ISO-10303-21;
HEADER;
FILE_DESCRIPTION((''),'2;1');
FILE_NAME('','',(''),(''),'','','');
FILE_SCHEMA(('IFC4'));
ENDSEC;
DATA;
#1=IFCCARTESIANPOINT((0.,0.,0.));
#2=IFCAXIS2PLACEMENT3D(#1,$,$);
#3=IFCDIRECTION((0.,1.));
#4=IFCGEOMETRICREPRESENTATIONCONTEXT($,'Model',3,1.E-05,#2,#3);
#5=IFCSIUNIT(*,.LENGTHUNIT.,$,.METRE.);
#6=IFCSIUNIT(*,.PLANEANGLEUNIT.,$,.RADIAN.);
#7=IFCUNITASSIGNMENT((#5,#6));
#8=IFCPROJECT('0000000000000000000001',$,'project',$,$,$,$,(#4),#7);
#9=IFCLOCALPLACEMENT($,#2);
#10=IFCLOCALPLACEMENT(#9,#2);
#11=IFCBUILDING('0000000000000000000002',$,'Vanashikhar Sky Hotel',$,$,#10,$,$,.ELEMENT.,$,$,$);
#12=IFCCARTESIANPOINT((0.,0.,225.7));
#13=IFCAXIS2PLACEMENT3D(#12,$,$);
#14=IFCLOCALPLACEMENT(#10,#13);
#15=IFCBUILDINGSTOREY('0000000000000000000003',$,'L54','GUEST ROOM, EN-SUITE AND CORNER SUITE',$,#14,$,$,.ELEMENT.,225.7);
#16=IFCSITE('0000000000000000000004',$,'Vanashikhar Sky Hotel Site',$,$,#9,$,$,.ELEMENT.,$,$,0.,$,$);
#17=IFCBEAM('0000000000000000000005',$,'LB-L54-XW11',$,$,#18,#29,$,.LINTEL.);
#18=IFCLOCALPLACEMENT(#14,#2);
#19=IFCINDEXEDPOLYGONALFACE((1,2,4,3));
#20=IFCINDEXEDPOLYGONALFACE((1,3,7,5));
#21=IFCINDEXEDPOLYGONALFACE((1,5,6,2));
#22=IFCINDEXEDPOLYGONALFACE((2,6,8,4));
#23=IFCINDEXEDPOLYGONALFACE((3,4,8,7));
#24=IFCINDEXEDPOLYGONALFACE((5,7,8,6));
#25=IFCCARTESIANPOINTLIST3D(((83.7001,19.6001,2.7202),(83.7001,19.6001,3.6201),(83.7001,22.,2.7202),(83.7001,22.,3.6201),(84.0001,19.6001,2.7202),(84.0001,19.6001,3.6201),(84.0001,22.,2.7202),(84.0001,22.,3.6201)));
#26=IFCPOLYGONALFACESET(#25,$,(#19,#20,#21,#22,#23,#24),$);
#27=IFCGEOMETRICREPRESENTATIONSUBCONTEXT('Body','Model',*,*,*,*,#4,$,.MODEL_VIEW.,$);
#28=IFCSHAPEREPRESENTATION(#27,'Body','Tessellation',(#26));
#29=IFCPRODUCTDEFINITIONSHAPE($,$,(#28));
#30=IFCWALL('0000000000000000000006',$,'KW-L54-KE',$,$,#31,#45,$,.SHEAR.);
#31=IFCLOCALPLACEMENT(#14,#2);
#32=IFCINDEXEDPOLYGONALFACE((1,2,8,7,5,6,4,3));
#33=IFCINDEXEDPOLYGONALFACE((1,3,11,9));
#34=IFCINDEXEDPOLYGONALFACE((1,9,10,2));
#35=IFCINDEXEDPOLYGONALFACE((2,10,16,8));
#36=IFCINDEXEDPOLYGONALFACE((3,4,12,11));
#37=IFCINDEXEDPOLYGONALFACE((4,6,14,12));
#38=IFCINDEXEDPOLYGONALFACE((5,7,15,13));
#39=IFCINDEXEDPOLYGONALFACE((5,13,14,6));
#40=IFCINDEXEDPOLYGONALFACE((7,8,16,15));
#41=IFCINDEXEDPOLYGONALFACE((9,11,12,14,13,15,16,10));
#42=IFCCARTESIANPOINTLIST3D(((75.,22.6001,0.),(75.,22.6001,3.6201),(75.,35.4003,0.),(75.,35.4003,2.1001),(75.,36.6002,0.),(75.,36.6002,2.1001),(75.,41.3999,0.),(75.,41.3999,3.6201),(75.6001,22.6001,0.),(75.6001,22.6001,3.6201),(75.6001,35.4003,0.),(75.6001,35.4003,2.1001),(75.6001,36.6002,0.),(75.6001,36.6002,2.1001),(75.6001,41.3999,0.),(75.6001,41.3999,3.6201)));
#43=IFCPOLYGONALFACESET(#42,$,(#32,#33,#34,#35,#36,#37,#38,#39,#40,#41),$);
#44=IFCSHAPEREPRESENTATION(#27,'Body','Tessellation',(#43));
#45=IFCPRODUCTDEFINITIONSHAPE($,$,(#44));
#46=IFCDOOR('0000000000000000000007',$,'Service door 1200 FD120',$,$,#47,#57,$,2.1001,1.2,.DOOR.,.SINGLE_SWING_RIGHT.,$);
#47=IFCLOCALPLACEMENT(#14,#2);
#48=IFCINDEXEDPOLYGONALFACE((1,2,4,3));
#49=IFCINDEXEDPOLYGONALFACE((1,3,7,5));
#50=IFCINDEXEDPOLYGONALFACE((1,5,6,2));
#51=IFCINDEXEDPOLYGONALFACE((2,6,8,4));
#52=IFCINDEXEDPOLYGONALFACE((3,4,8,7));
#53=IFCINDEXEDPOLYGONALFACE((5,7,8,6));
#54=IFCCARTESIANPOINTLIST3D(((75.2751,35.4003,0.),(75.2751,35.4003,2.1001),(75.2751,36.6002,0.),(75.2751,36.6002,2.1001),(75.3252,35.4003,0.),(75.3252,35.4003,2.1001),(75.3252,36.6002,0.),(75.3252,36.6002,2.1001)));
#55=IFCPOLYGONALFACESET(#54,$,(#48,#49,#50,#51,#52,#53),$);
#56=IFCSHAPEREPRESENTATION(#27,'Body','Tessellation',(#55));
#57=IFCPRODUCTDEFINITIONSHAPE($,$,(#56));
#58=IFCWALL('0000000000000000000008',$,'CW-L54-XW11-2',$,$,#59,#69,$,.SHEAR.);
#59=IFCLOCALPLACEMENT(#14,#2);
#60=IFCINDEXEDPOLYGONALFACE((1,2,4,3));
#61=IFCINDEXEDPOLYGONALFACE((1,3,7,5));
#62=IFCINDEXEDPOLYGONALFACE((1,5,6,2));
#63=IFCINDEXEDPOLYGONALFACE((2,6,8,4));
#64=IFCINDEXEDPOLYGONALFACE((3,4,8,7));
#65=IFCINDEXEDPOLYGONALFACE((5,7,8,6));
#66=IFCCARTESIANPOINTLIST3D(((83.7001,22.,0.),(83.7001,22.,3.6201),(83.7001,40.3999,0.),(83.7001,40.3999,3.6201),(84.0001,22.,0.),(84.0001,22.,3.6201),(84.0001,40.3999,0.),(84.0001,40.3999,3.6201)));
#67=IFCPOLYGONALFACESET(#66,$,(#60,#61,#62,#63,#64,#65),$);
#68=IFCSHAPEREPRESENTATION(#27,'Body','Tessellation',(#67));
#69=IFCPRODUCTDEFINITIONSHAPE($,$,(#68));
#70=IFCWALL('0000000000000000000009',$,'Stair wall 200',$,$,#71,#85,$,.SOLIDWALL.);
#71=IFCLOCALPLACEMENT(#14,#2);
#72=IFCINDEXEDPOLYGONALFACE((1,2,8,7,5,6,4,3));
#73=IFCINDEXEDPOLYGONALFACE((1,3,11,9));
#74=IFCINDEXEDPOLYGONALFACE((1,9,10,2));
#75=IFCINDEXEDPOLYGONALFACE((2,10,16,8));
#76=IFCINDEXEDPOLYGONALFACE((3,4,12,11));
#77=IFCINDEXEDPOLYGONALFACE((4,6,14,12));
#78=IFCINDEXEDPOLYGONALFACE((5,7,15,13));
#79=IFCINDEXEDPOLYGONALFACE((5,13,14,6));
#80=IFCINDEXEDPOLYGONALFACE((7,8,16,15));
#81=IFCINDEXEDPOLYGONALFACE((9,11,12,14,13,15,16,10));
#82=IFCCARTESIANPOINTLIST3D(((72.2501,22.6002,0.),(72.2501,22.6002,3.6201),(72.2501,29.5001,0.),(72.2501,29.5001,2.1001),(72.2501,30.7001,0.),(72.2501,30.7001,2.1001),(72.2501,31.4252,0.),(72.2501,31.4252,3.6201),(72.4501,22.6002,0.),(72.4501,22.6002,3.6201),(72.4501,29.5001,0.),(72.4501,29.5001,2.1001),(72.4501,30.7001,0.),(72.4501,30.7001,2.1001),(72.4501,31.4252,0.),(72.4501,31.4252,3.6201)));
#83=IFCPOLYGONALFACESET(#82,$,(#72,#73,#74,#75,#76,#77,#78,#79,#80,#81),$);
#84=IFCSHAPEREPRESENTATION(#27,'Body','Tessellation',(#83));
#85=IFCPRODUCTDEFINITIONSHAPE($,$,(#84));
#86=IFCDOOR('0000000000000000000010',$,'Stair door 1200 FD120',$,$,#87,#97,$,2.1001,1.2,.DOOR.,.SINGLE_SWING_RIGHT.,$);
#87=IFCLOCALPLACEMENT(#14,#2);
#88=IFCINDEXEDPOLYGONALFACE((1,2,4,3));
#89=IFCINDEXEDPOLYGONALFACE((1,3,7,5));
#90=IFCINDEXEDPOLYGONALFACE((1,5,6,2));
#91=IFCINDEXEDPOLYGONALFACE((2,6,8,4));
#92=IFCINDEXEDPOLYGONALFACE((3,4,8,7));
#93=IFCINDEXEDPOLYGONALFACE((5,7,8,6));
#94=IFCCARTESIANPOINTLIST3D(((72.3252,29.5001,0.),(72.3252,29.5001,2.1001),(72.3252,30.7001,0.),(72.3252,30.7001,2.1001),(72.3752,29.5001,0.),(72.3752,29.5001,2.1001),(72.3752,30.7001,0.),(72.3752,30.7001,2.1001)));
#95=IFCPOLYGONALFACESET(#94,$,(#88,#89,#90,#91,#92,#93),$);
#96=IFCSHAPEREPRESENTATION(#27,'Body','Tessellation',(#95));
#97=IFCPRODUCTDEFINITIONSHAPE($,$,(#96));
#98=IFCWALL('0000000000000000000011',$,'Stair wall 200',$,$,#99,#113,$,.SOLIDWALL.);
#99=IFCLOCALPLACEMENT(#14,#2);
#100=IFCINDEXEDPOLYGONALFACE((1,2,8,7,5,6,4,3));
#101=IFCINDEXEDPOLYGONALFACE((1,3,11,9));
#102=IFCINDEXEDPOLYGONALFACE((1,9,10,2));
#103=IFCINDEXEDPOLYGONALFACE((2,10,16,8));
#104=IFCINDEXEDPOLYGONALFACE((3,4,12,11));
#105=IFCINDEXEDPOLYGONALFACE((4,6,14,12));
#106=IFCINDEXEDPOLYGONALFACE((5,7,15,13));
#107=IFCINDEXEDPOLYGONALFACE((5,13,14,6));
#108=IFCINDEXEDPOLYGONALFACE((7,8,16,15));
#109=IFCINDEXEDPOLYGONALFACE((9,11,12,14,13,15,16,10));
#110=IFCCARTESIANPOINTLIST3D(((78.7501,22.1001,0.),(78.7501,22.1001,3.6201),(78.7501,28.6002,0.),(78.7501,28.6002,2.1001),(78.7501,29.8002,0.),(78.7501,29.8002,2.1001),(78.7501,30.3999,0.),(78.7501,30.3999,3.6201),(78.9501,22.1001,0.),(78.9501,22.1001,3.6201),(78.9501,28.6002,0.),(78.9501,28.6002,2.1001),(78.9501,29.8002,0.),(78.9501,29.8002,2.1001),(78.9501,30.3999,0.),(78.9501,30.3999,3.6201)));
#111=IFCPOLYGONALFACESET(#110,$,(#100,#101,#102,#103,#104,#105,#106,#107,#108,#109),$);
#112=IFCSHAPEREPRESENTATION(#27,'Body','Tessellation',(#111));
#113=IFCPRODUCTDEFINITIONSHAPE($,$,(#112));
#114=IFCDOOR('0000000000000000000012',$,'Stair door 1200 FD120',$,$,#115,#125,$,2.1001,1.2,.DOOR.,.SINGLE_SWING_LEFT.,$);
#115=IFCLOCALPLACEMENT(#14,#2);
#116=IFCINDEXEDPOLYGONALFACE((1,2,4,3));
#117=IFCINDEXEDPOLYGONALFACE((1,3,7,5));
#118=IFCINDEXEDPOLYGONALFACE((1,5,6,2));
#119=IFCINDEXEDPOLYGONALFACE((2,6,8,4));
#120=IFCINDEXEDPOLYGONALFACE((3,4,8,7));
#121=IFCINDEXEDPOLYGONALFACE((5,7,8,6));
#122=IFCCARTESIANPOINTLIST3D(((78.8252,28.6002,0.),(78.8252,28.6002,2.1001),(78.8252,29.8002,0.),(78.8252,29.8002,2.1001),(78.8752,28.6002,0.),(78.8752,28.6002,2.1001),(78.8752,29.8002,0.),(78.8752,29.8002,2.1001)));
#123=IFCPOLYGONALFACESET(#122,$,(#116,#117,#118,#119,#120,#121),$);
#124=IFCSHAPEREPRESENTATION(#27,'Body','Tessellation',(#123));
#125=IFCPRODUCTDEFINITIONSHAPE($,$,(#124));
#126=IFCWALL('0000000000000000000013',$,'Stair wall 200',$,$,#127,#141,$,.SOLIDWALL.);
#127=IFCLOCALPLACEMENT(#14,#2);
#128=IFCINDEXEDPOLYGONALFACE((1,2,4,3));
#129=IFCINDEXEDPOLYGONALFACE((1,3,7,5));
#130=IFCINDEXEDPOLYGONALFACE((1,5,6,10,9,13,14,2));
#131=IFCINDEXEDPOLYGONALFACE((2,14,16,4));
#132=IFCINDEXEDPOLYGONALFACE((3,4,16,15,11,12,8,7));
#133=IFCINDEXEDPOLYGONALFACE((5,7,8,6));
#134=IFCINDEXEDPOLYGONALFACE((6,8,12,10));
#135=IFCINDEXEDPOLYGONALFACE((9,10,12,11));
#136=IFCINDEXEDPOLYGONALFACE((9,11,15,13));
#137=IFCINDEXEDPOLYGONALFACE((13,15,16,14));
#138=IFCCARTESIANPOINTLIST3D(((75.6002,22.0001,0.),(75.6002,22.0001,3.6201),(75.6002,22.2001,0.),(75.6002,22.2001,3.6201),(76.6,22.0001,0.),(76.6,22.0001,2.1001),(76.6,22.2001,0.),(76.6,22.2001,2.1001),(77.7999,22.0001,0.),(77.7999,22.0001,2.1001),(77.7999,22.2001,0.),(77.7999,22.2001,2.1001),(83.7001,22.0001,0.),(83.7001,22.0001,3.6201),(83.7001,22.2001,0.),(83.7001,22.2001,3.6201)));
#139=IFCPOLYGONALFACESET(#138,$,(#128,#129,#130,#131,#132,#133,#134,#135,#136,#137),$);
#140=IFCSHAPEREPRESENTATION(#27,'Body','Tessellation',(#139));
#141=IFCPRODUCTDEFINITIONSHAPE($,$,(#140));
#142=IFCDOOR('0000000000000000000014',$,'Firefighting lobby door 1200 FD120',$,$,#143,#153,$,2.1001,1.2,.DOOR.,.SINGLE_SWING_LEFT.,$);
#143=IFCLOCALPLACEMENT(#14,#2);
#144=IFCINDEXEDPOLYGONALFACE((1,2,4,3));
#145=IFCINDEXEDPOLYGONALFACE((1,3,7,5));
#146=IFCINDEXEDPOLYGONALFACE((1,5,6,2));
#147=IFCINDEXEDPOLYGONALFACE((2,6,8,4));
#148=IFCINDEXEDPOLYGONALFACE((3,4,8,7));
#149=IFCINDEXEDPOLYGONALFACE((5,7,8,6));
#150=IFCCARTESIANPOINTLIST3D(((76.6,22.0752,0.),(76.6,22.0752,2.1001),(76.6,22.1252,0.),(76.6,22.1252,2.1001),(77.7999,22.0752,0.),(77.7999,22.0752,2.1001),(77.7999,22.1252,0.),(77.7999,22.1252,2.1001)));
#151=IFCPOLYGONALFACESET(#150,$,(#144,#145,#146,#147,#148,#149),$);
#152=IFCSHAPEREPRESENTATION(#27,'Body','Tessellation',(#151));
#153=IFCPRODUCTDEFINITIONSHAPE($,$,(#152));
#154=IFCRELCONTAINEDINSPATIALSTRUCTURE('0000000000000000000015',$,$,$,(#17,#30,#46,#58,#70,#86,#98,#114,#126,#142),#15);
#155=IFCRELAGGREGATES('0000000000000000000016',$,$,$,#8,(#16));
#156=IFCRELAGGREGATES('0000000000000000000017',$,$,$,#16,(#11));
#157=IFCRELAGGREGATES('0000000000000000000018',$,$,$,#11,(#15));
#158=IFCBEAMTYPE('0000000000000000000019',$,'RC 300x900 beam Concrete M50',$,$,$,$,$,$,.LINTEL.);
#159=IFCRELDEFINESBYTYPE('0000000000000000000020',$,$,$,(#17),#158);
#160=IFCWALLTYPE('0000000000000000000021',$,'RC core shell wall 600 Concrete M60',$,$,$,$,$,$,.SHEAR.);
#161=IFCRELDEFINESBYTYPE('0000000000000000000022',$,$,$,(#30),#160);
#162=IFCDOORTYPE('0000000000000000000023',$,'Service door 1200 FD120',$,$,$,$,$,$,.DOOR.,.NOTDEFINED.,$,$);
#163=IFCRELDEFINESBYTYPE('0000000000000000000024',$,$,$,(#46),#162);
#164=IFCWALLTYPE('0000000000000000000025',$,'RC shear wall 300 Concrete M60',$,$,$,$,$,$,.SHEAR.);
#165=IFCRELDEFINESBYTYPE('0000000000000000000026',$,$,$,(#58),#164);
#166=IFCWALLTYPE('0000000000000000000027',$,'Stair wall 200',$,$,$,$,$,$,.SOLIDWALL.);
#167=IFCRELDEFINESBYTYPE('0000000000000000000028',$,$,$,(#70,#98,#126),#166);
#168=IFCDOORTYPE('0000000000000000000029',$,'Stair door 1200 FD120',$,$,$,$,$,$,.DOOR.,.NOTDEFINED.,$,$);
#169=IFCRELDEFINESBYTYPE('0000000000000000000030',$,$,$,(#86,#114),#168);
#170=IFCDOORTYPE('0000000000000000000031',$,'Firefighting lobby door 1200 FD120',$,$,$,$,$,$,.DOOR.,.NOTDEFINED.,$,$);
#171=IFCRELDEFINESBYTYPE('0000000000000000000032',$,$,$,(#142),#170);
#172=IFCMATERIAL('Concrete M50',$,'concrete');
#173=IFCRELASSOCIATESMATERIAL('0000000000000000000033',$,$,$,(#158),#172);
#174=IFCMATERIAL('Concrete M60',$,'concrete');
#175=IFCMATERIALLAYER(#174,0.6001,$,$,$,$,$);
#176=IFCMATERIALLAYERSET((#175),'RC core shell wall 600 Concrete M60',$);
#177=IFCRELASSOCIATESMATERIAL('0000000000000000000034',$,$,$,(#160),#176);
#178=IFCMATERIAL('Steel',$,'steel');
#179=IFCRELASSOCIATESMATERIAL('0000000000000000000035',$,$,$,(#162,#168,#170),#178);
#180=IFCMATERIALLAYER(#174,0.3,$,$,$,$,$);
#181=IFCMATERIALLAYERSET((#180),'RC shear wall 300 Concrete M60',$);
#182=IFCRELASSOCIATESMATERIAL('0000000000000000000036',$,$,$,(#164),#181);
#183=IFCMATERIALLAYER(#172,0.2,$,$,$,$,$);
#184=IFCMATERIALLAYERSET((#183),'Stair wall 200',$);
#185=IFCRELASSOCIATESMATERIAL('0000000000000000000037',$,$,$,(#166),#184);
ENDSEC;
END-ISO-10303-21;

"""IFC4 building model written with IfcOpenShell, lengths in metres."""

from ifc_helpers import new_model, si_unit, direction, frame, frame_2d, origin, origin_2d, place, context, subcontext, project, spatial, rectangle, extrude, source, transform, mapped, material, layer, layer_set, material_profile, profile_set, type_object, element, fill, save


model = new_model("IFC4")

# Units and contexts
model_context = context("Model", 3, precision=1e-05, world=origin(), true_north=direction((0.0, 1.0)))
body_context = subcontext(model_context, "Body", "Model", "MODEL_VIEW")
ifc_project = project(units=[si_unit("LENGTHUNIT", "METRE"), si_unit("PLANEANGLEUNIT", "RADIAN")], contexts=[model_context])

# Site, building, storey
site_placement = place(None, origin())
site = spatial("IfcSite", under=ifc_project, at=site_placement, Name="Vanashikhar Sky Hotel Site", CompositionType="ELEMENT", RefElevation=0.0)
building_placement = place(site_placement, origin())
building = spatial("IfcBuilding", under=site, at=building_placement, Name="Vanashikhar Sky Hotel", CompositionType="ELEMENT")
storey_placement = place(building_placement, frame((0.0, 0.0, 225.7)))
storey = spatial("IfcBuildingStorey", under=building, at=storey_placement, Name="L54", Description="GUEST ROOM, EN-SUITE AND CORNER SUITE", CompositionType="ELEMENT", Elevation=225.7)

# Beam
ifc_material_1 = material(Name="Concrete M50", Category="concrete")
ifc_material_profile = material_profile(ifc_material_1, rectangle(XDim=0.3, YDim=0.8999, at=origin_2d()))
ifc_profile_set = profile_set([ifc_material_profile], Name="RC 300x900 beam Concrete M50")
beam_type = type_object("IfcBeamType", Name="RC 300x900 beam Concrete M50", PredefinedType="LINTEL", material=ifc_profile_set)
shared_shape_1 = source(origin(), body_context, "Body", "SweptSolid", [
    extrude(rectangle(XDim=0.3, YDim=0.8999, at=origin_2d()), origin(), (0.0, 0.0, 1.0), 2.3999),
])
beam_placement = place(storey_placement, frame((83.8501, 19.6001, 3.1702), z_axis=(0.0, 1.0, 0.0), x_axis=(-1.0, 0.0, 0.0)))
element("IfcBeam", 1, at=beam_placement, inside=storey, type_object=beam_type, Name="LB-L54-XW11", PredefinedType="LINTEL", context=body_context, shape_type="MappedRepresentation", body=[
    mapped(shared_shape_1, transform((0.0, 0.0, 0.0), scale=1.0)),
])

# Wall, opening, door
ifc_material_2 = material(Name="Concrete M60", Category="concrete")
ifc_layer_1 = layer(ifc_material_2, 0.6001)
ifc_layer_set_1 = layer_set([ifc_layer_1], Name="RC core shell wall 600 Concrete M60")
wall_type_1 = type_object("IfcWallType", Name="RC core shell wall 600 Concrete M60", PredefinedType="SHEAR", material=ifc_layer_set_1)
shared_shape_2 = source(origin(), body_context, "Body", "SweptSolid", [
    extrude(rectangle(XDim=18.7998, YDim=0.6001, at=frame_2d((9.3999, 0.0))), origin(), (0.0, 0.0, 1.0), 3.6201),
])
wall_1_placement = place(storey_placement, frame((75.3, 22.6001, 0.0), z_axis=(0.0, 0.0, 1.0), x_axis=(0.0, 1.0, 0.0)))
wall_1 = element("IfcWall", 2, at=wall_1_placement, inside=storey, type_object=wall_type_1, Name="KW-L54-KE", PredefinedType="SHEAR", context=body_context, shape_type="MappedRepresentation", body=[
    mapped(shared_shape_2, transform((0.0, 0.0, 0.0), scale=1.0)),
])
shared_shape_3 = source(origin(), body_context, "Body", "SweptSolid", [
    extrude(rectangle(XDim=1.2, YDim=2.1001, at=frame_2d((0.6001, 1.05))), frame((0.0, 0.3101, 0.0), z_axis=(0.0, -1.0, 0.0), x_axis=(1.0, 0.0, 0.0)), (0.0, 0.0, 1.0), 0.6201),
])
opening_1_placement = place(wall_1_placement, frame((12.8, 0.0, 0.0)))
opening_1 = element("IfcOpeningElement", 3, at=opening_1_placement, cuts=wall_1, PredefinedType="OPENING", context=body_context, shape_type="MappedRepresentation", body=[
    mapped(shared_shape_3, transform((0.0, 0.0, 0.0), scale=1.0)),
])
ifc_material_3 = material(Name="Steel", Category="steel")
door_type_1 = type_object("IfcDoorType", Name="Service door 1200 FD120", OperationType="NOTDEFINED", PredefinedType="DOOR", material=ifc_material_3)
shared_shape_4 = source(origin(), body_context, "Body", "SweptSolid", [
    extrude(rectangle(XDim=1.2, YDim=2.1001, at=frame_2d((0.6001, 1.05))), frame((0.0, 0.0249, 0.0), z_axis=(0.0, -1.0, 0.0), x_axis=(1.0, 0.0, 0.0)), (0.0, 0.0, 1.0), 0.05),
])
door_1_placement = place(opening_1_placement, origin())
door_1 = element("IfcDoor", 4, at=door_1_placement, inside=storey, type_object=door_type_1, Name="Service door 1200 FD120", OperationType="SINGLE_SWING_RIGHT", OverallHeight=2.1001, OverallWidth=1.2, PredefinedType="DOOR", context=body_context, shape_type="MappedRepresentation", body=[
    mapped(shared_shape_4, transform((0.0, 0.0, 0.0), scale=1.0)),
])
fill(opening_1, door_1)

# Wall
ifc_layer_2 = layer(ifc_material_2, 0.3)
ifc_layer_set_2 = layer_set([ifc_layer_2], Name="RC shear wall 300 Concrete M60")
wall_type_2 = type_object("IfcWallType", Name="RC shear wall 300 Concrete M60", PredefinedType="SHEAR", material=ifc_layer_set_2)
shared_shape_5 = source(origin(), body_context, "Body", "SweptSolid", [
    extrude(rectangle(XDim=18.3999, YDim=0.3, at=frame_2d((9.2, 0.0))), origin(), (0.0, 0.0, 1.0), 3.6201),
])
wall_2_placement = place(storey_placement, frame((83.8501, 22.0, 0.0), z_axis=(0.0, 0.0, 1.0), x_axis=(0.0, 1.0, 0.0)))
element("IfcWall", 5, at=wall_2_placement, inside=storey, type_object=wall_type_2, Name="CW-L54-XW11-2", PredefinedType="SHEAR", context=body_context, shape_type="MappedRepresentation", body=[
    mapped(shared_shape_5, transform((0.0, 0.0, 0.0), scale=1.0)),
])

# Walls, openings, doors
ifc_layer_3 = layer(ifc_material_1, 0.2)
ifc_layer_set_3 = layer_set([ifc_layer_3], Name="Stair wall 200")
wall_type_3 = type_object("IfcWallType", Name="Stair wall 200", PredefinedType="SOLIDWALL", material=ifc_layer_set_3)
shared_shape_6 = source(origin(), body_context, "Body", "SweptSolid", [
    extrude(rectangle(XDim=8.825, YDim=0.2, at=frame_2d((4.4126, 0.0))), origin(), (0.0, 0.0, 1.0), 3.6201),
])
wall_3_placement = place(storey_placement, frame((72.3501, 22.6001, 0.0), z_axis=(0.0, 0.0, 1.0), x_axis=(0.0, 1.0, 0.0)))
wall_3 = element("IfcWall", 6, at=wall_3_placement, inside=storey, type_object=wall_type_3, Name="Stair wall 200", PredefinedType="SOLIDWALL", context=body_context, shape_type="MappedRepresentation", body=[
    mapped(shared_shape_6, transform((0.0, 0.0, 0.0), scale=1.0)),
])
shared_shape_7 = source(origin(), body_context, "Body", "SweptSolid", [
    extrude(rectangle(XDim=1.2, YDim=2.1001, at=frame_2d((0.6001, 1.05))), frame((0.0, 0.1099, 0.0), z_axis=(0.0, -1.0, 0.0), x_axis=(1.0, 0.0, 0.0)), (0.0, 0.0, 1.0), 0.22),
])
opening_2_placement = place(wall_3_placement, frame((6.8999, 0.0, 0.0)))
opening_2 = element("IfcOpeningElement", 7, at=opening_2_placement, cuts=wall_3, PredefinedType="OPENING", context=body_context, shape_type="MappedRepresentation", body=[
    mapped(shared_shape_7, transform((0.0, 0.0, 0.0), scale=1.0)),
])
door_type_2 = type_object("IfcDoorType", Name="Stair door 1200 FD120", OperationType="NOTDEFINED", PredefinedType="DOOR", material=ifc_material_3)
door_2_placement = place(opening_2_placement, origin())
door_2 = element("IfcDoor", 8, at=door_2_placement, inside=storey, type_object=door_type_2, Name="Stair door 1200 FD120", OperationType="SINGLE_SWING_RIGHT", OverallHeight=2.1001, OverallWidth=1.2, PredefinedType="DOOR", context=body_context, shape_type="MappedRepresentation", body=[
    mapped(shared_shape_4, transform((0.0, 0.0, 0.0), scale=1.0)),
])
fill(opening_2, door_2)
shared_shape_8 = source(origin(), body_context, "Body", "SweptSolid", [
    extrude(rectangle(XDim=8.2998, YDim=0.2, at=frame_2d((4.1499, 0.0))), origin(), (0.0, 0.0, 1.0), 3.6201),
])
wall_4_placement = place(storey_placement, frame((78.8501, 22.1001, 0.0), z_axis=(0.0, 0.0, 1.0), x_axis=(0.0, 1.0, 0.0)))
wall_4 = element("IfcWall", 9, at=wall_4_placement, inside=storey, type_object=wall_type_3, Name="Stair wall 200", PredefinedType="SOLIDWALL", context=body_context, shape_type="MappedRepresentation", body=[
    mapped(shared_shape_8, transform((0.0, 0.0, 0.0), scale=1.0)),
])
opening_3_placement = place(wall_4_placement, frame((6.5, 0.0, 0.0)))
opening_3 = element("IfcOpeningElement", 10, at=opening_3_placement, cuts=wall_4, PredefinedType="OPENING", context=body_context, shape_type="MappedRepresentation", body=[
    mapped(shared_shape_7, transform((0.0, 0.0, 0.0), scale=1.0)),
])
door_3_placement = place(opening_3_placement, origin())
door_3 = element("IfcDoor", 11, at=door_3_placement, inside=storey, type_object=door_type_2, Name="Stair door 1200 FD120", OperationType="SINGLE_SWING_LEFT", OverallHeight=2.1001, OverallWidth=1.2, PredefinedType="DOOR", context=body_context, shape_type="MappedRepresentation", body=[
    mapped(shared_shape_4, transform((0.0, 0.0, 0.0), scale=1.0)),
])
fill(opening_3, door_3)
shared_shape_9 = source(origin(), body_context, "Body", "SweptSolid", [
    extrude(rectangle(XDim=8.0999, YDim=0.2, at=frame_2d((4.0498, 0.0))), origin(), (0.0, 0.0, 1.0), 3.6201),
])
wall_5_placement = place(storey_placement, frame((83.7, 22.1001, 0.0), z_axis=(0.0, 0.0, 1.0), x_axis=(-1.0, 0.0, 0.0)))
wall_5 = element("IfcWall", 12, at=wall_5_placement, inside=storey, type_object=wall_type_3, Name="Stair wall 200", PredefinedType="SOLIDWALL", context=body_context, shape_type="MappedRepresentation", body=[
    mapped(shared_shape_9, transform((0.0, 0.0, 0.0), scale=1.0)),
])
opening_4_placement = place(wall_5_placement, frame((5.8999, 0.0, 0.0)))
opening_4 = element("IfcOpeningElement", 13, at=opening_4_placement, cuts=wall_5, PredefinedType="OPENING", context=body_context, shape_type="MappedRepresentation", body=[
    mapped(shared_shape_7, transform((0.0, 0.0, 0.0), scale=1.0)),
])
door_type_3 = type_object("IfcDoorType", Name="Firefighting lobby door 1200 FD120", OperationType="NOTDEFINED", PredefinedType="DOOR", material=ifc_material_3)
door_4_placement = place(opening_4_placement, origin())
door_4 = element("IfcDoor", 14, at=door_4_placement, inside=storey, type_object=door_type_3, Name="Firefighting lobby door 1200 FD120", OperationType="SINGLE_SWING_LEFT", OverallHeight=2.1001, OverallWidth=1.2, PredefinedType="DOOR", context=body_context, shape_type="MappedRepresentation", body=[
    mapped(shared_shape_4, transform((0.0, 0.0, 0.0), scale=1.0)),
])
fill(opening_4, door_4)

save(model, "model.ifc")
